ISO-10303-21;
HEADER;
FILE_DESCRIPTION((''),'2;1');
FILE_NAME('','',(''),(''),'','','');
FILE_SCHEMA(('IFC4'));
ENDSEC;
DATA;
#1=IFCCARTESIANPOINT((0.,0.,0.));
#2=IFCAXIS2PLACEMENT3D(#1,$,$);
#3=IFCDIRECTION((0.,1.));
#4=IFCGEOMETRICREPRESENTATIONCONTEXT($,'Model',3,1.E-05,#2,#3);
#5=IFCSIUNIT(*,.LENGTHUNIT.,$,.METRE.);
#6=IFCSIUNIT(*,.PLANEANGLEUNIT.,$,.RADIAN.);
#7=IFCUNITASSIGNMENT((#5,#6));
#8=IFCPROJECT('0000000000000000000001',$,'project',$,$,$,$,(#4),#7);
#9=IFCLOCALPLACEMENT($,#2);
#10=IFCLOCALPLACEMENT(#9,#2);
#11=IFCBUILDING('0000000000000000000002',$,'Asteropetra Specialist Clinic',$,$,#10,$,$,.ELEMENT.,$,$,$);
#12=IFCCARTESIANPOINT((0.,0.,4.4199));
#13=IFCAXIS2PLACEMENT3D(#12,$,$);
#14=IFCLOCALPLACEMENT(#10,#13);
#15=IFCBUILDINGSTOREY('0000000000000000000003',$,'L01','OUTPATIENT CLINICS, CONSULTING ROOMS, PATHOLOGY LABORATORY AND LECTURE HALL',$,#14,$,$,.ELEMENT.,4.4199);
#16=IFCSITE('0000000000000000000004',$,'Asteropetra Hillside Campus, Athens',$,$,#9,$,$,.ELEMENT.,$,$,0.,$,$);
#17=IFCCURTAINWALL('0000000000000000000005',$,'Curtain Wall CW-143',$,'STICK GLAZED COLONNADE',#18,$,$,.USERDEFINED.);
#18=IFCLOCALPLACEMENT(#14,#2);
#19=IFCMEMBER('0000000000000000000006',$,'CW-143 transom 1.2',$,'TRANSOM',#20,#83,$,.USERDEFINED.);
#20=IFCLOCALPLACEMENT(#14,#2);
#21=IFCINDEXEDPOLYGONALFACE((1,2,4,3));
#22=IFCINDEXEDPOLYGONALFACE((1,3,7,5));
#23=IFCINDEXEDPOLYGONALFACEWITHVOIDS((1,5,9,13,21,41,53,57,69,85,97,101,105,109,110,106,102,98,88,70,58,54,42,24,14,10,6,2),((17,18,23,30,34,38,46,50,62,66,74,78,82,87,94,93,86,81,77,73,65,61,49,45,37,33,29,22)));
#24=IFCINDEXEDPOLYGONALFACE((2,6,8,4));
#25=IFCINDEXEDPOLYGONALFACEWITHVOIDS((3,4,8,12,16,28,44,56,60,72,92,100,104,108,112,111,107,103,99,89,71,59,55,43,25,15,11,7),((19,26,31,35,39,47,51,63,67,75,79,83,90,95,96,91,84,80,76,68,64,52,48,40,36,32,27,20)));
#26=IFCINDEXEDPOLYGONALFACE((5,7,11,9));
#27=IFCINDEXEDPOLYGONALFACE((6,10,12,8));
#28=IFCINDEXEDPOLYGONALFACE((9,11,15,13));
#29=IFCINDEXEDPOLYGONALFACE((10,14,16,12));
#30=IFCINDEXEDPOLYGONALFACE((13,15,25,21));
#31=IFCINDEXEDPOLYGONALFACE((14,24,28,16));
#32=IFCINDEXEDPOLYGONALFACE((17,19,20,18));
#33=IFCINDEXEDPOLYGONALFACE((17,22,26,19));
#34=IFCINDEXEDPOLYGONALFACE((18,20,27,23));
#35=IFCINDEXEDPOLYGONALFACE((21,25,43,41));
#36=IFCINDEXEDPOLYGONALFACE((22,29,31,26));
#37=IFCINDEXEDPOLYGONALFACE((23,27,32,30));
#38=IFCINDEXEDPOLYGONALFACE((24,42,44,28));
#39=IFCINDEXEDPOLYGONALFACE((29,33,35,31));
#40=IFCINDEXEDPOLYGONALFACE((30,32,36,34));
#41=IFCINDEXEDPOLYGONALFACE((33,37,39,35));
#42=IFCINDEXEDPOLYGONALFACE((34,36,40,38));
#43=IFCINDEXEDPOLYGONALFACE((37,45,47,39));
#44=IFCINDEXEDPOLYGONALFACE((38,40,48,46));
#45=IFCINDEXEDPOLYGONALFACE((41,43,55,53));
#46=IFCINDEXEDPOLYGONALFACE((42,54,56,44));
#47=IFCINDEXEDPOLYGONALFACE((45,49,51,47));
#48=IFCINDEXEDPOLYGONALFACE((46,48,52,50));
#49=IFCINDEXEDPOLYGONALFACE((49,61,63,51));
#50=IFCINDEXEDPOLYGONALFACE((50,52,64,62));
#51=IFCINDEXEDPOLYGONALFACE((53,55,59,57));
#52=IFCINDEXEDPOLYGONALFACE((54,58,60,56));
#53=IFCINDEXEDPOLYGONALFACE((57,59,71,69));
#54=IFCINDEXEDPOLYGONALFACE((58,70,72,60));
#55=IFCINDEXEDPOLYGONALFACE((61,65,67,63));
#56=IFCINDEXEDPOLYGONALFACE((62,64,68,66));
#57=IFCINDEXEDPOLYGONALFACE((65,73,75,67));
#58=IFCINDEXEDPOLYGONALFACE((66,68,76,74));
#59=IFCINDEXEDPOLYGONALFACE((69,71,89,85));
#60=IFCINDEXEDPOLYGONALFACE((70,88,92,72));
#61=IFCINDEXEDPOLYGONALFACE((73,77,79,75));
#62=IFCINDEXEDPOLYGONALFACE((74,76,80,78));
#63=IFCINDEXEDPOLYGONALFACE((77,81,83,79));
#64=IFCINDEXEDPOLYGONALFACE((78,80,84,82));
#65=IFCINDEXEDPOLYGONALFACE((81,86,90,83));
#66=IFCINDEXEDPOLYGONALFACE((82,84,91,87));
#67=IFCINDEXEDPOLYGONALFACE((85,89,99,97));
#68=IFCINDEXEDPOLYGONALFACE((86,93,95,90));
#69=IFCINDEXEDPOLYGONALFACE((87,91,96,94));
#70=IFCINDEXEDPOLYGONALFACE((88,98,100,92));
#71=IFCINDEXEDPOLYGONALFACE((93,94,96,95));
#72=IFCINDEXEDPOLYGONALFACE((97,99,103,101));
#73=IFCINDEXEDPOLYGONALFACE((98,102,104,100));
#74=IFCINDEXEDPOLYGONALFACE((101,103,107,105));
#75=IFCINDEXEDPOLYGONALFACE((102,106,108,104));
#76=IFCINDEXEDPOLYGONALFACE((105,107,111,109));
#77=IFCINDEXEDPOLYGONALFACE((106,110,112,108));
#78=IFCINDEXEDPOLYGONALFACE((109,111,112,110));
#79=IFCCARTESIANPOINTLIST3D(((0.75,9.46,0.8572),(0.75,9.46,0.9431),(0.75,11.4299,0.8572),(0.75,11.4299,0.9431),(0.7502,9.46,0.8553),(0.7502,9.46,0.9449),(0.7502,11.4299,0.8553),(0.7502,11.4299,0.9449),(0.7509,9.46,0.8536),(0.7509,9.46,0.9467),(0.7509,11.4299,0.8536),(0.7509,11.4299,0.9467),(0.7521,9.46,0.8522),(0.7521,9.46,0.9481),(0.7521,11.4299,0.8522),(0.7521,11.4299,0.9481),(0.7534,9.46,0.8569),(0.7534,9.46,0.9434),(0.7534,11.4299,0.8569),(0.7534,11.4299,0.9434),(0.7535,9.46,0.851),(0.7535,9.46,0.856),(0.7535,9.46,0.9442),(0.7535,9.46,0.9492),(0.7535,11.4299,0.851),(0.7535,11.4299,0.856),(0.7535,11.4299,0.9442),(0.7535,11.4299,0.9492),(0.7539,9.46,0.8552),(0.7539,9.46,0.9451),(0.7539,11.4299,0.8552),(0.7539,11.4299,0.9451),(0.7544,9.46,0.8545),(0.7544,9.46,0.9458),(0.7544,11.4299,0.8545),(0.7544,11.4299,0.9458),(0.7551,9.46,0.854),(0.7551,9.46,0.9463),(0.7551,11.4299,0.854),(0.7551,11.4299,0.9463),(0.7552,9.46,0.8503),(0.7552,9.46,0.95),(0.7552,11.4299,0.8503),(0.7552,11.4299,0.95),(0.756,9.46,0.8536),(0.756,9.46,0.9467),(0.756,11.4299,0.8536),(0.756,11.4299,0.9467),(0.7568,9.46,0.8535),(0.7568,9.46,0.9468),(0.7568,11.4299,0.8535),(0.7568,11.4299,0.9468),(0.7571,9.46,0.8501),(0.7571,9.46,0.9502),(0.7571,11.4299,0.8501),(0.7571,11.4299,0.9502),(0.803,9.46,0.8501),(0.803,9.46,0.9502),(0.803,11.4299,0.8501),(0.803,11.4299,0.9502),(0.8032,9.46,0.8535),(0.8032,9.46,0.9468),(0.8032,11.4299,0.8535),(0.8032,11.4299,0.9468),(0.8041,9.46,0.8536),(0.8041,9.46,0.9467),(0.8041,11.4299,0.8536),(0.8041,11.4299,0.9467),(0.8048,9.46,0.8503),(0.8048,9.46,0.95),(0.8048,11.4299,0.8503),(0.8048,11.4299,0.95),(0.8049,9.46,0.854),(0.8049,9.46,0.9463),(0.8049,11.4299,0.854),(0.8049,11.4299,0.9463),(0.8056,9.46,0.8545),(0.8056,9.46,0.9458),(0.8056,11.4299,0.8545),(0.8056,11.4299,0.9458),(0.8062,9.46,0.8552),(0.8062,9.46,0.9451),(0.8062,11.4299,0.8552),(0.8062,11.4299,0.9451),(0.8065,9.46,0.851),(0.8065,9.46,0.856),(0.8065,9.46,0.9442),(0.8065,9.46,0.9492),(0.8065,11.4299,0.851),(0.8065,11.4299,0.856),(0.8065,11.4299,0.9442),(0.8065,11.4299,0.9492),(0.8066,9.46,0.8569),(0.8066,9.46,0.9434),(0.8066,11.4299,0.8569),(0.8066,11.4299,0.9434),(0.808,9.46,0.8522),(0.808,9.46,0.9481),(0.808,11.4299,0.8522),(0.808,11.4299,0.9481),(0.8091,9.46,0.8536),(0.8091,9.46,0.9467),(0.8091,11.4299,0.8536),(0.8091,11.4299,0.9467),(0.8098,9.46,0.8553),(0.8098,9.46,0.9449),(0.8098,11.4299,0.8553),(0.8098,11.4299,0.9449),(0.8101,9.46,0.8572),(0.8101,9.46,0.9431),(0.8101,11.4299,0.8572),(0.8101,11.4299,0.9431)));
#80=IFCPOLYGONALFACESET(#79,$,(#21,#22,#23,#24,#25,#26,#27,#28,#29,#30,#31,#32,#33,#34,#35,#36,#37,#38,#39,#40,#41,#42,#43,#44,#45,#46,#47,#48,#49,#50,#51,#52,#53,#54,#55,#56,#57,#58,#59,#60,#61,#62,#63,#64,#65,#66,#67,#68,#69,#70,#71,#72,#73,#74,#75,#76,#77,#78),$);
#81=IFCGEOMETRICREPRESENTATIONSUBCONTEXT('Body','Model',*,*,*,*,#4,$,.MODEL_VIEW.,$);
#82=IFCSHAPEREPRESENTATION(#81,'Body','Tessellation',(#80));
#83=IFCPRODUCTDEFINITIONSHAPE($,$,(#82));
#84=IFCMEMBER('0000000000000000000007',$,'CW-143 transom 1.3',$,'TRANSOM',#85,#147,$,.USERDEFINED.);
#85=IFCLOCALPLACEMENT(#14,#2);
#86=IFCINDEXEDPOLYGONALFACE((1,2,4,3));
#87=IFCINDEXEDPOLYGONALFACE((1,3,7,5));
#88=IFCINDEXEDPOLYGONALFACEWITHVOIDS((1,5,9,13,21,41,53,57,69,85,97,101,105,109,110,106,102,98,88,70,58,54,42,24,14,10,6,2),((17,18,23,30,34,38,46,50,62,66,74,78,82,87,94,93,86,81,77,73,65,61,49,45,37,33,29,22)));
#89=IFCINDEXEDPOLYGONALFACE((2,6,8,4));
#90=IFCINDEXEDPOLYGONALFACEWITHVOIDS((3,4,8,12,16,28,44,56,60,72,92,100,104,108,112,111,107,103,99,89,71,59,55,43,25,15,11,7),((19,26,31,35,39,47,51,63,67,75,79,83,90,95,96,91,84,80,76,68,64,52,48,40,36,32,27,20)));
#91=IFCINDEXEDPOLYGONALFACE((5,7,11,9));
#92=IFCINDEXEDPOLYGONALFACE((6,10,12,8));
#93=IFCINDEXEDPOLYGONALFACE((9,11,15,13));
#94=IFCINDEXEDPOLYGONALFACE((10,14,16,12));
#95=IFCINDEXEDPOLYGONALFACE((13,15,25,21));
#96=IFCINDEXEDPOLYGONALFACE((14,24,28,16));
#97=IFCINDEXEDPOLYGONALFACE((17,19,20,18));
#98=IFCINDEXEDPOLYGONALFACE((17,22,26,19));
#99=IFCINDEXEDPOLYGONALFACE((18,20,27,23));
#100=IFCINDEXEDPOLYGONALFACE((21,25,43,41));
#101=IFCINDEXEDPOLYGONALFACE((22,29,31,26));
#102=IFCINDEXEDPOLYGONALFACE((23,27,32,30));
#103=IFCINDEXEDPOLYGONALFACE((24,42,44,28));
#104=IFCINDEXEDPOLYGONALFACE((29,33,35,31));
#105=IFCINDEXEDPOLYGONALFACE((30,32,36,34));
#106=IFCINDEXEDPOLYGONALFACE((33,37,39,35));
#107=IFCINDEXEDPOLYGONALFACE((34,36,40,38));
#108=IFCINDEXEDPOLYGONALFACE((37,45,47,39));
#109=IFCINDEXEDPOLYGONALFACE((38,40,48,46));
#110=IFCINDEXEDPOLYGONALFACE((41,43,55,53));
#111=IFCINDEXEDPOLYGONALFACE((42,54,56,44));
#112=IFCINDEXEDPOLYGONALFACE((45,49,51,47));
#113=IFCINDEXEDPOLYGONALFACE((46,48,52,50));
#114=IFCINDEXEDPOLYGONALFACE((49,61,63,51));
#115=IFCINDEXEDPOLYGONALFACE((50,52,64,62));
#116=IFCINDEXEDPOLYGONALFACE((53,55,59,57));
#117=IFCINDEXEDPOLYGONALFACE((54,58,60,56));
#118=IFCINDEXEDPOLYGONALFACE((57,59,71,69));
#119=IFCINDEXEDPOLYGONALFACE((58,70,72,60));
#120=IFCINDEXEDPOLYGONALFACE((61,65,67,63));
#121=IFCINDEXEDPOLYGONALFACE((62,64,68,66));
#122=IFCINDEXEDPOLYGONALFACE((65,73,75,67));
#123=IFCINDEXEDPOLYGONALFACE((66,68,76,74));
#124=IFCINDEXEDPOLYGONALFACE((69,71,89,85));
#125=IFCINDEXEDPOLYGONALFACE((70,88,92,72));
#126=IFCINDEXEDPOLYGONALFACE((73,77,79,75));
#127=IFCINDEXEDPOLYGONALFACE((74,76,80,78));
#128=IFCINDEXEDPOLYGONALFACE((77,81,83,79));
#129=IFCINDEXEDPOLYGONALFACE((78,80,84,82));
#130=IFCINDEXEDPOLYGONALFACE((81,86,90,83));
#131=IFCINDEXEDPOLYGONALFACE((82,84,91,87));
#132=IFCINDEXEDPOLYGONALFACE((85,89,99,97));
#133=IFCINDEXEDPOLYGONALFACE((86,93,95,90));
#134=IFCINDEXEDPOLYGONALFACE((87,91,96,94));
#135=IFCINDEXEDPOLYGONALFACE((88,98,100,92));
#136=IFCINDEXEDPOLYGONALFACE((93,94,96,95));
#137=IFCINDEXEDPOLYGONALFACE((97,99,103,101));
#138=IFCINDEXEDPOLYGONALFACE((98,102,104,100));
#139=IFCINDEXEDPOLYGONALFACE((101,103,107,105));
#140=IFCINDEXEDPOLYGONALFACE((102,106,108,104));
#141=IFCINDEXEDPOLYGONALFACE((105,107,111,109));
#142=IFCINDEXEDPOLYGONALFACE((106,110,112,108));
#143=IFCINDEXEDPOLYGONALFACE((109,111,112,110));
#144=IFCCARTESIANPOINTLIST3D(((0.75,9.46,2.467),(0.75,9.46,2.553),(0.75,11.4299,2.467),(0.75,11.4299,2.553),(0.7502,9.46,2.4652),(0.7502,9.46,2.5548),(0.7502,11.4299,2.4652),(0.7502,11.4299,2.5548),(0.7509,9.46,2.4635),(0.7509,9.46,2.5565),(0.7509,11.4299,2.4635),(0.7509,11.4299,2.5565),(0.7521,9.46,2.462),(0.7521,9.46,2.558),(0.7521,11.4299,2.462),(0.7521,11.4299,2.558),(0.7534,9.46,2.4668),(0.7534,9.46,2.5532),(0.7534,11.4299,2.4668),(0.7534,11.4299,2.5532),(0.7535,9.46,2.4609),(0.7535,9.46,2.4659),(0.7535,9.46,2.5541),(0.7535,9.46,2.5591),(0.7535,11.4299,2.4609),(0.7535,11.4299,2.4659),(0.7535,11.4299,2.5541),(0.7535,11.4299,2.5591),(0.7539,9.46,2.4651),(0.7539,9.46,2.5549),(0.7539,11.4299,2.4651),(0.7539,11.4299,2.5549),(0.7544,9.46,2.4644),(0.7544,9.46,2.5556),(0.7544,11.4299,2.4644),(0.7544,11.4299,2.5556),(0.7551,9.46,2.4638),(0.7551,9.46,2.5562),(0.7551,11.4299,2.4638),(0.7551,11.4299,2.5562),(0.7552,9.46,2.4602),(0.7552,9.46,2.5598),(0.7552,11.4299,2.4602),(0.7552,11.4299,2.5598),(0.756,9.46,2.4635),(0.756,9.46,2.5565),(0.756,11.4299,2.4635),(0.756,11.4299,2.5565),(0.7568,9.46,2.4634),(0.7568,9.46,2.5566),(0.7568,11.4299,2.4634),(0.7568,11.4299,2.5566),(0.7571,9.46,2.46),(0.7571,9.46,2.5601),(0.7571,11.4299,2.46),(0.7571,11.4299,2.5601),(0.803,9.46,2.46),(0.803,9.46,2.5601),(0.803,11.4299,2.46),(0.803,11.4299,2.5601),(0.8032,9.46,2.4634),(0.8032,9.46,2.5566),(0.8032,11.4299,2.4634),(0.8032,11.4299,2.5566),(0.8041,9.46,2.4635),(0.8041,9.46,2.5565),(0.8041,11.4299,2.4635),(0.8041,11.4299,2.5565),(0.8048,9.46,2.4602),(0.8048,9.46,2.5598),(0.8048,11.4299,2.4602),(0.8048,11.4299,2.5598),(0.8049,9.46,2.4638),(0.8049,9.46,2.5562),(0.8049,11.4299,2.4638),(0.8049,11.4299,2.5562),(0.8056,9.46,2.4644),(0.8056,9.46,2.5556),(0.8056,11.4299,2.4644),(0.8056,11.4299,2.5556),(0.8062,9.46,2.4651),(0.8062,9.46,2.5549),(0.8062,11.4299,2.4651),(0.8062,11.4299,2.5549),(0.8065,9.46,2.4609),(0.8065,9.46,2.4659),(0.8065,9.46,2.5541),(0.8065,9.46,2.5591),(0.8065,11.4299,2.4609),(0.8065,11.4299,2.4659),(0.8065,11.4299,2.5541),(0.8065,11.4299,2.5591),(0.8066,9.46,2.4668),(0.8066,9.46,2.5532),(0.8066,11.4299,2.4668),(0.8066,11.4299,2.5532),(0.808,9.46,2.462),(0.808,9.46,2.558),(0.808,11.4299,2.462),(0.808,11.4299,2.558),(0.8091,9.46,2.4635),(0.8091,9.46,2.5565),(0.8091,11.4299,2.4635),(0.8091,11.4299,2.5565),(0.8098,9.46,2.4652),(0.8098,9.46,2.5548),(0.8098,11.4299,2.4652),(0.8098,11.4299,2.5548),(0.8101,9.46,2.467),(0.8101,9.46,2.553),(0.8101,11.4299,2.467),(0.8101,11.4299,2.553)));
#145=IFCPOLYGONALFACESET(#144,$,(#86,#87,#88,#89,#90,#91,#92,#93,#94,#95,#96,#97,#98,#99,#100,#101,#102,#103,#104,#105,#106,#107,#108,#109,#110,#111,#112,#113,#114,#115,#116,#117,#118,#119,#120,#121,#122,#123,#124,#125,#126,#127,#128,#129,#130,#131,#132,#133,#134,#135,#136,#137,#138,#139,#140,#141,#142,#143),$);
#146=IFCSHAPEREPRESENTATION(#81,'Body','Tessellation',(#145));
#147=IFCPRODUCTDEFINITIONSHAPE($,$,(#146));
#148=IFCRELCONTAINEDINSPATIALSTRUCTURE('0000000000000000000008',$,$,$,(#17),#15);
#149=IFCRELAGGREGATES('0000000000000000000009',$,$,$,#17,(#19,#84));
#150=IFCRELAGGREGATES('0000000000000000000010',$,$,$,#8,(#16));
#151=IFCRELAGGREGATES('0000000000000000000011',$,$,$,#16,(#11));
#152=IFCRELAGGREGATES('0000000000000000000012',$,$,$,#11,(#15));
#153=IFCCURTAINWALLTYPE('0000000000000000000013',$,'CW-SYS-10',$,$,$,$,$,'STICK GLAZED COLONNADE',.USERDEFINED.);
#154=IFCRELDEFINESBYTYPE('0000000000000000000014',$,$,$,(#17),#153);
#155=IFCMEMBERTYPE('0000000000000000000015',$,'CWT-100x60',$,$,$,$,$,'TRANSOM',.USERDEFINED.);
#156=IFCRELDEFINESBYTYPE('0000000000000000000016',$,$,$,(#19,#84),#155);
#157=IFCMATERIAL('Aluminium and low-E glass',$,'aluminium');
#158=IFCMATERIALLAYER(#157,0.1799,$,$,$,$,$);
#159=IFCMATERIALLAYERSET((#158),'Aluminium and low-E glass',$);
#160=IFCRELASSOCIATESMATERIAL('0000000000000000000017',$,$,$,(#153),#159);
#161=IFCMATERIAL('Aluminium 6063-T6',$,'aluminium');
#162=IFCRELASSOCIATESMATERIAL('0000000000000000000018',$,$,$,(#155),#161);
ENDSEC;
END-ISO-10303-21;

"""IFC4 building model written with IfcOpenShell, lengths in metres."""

from ifc_helpers import new_model, si_unit, direction, frame, origin, origin_2d, place, context, subcontext, project, spatial, hollow_rectangle, extrude, material, layer, layer_set, material_profile, profile_set, type_object, element, aggregate, save


model = new_model("IFC4")

# Units and contexts
model_context = context("Model", 3, precision=1e-05, world=origin(), true_north=direction((0.0, 1.0)))
body_context = subcontext(model_context, "Body", "Model", "MODEL_VIEW")
ifc_project = project(units=[si_unit("LENGTHUNIT", "METRE"), si_unit("PLANEANGLEUNIT", "RADIAN")], contexts=[model_context])

# Site, building, storey
site_placement = place(None, origin())
site = spatial("IfcSite", under=ifc_project, at=site_placement, Name="Asteropetra Hillside Campus, Athens", CompositionType="ELEMENT", RefElevation=0.0)
building_placement = place(site_placement, origin())
building = spatial("IfcBuilding", under=site, at=building_placement, Name="Asteropetra Specialist Clinic", CompositionType="ELEMENT")
storey_placement = place(building_placement, frame((0.0, 0.0, 4.4199)))
storey = spatial("IfcBuildingStorey", under=building, at=storey_placement, Name="L01", Description="OUTPATIENT CLINICS, CONSULTING ROOMS, PATHOLOGY LABORATORY AND LECTURE HALL", CompositionType="ELEMENT", Elevation=4.4199)

# Curtain wall
ifc_material_1 = material(Name="Aluminium and low-E glass", Category="aluminium")
ifc_layer_1 = layer(ifc_material_1, 0.1799)
ifc_layer_set_1 = layer_set([ifc_layer_1], Name="Aluminium and low-E glass")
curtain_wall_type = type_object("IfcCurtainWallType", Name="CW-SYS-10", ElementType="STICK GLAZED COLONNADE", PredefinedType="USERDEFINED", material=ifc_layer_set_1)
curtain_wall_1_placement = place(storey_placement, origin())
curtain_wall_1 = element("IfcCurtainWall", 1, at=curtain_wall_1_placement, inside=storey, type_object=curtain_wall_type, Name="Curtain Wall CW-143", ObjectType="STICK GLAZED COLONNADE", PredefinedType="USERDEFINED")

# Members
ifc_material_2 = material(Name="Aluminium 6063-T6", Category="aluminium")
ifc_material_profile_1 = material_profile(ifc_material_2, hollow_rectangle(XDim=0.0601, YDim=0.1001, WallThickness=0.0034, InnerFilletRadius=0.0034, OuterFilletRadius=0.0071, at=origin_2d()), Name="TRN 100x60x3.5")
ifc_profile_set_1 = profile_set([ifc_material_profile_1], Name="Aluminium 6063-T6")
member_type_1 = type_object("IfcMemberType", Name="CWT-100x60", ElementType="TRANSOM", PredefinedType="USERDEFINED", material=ifc_profile_set_1)
member_1_placement = place(storey_placement, frame((0.78, 11.4299, 0.9001), z_axis=(0.0, -1.0, 0.0), x_axis=(1.0, 0.0, 0.0)))
member_1 = element("IfcMember", 2, at=member_1_placement, type_object=member_type_1, Name="CW-143 transom 1.2", ObjectType="TRANSOM", PredefinedType="USERDEFINED", context=body_context, shape_type="SweptSolid", body=[
    extrude(hollow_rectangle(XDim=0.0601, YDim=0.1001, WallThickness=0.0034, InnerFilletRadius=0.0034, OuterFilletRadius=0.0071, at=origin_2d()), origin(), (0.0, 0.0, 1.0), 1.97),
])
member_2_placement = place(storey_placement, frame((0.78, 11.4299, 2.51), z_axis=(0.0, -1.0, 0.0), x_axis=(1.0, 0.0, 0.0)))
member_2 = element("IfcMember", 3, at=member_2_placement, type_object=member_type_1, Name="CW-143 transom 1.3", ObjectType="TRANSOM", PredefinedType="USERDEFINED", context=body_context, shape_type="SweptSolid", body=[
    extrude(hollow_rectangle(XDim=0.0601, YDim=0.1001, WallThickness=0.0034, InnerFilletRadius=0.0034, OuterFilletRadius=0.0071, at=origin_2d()), origin(), (0.0, 0.0, 1.0), 1.97),
])

aggregate(curtain_wall_1, [member_1, member_2])

save(model, "model.ifc")
